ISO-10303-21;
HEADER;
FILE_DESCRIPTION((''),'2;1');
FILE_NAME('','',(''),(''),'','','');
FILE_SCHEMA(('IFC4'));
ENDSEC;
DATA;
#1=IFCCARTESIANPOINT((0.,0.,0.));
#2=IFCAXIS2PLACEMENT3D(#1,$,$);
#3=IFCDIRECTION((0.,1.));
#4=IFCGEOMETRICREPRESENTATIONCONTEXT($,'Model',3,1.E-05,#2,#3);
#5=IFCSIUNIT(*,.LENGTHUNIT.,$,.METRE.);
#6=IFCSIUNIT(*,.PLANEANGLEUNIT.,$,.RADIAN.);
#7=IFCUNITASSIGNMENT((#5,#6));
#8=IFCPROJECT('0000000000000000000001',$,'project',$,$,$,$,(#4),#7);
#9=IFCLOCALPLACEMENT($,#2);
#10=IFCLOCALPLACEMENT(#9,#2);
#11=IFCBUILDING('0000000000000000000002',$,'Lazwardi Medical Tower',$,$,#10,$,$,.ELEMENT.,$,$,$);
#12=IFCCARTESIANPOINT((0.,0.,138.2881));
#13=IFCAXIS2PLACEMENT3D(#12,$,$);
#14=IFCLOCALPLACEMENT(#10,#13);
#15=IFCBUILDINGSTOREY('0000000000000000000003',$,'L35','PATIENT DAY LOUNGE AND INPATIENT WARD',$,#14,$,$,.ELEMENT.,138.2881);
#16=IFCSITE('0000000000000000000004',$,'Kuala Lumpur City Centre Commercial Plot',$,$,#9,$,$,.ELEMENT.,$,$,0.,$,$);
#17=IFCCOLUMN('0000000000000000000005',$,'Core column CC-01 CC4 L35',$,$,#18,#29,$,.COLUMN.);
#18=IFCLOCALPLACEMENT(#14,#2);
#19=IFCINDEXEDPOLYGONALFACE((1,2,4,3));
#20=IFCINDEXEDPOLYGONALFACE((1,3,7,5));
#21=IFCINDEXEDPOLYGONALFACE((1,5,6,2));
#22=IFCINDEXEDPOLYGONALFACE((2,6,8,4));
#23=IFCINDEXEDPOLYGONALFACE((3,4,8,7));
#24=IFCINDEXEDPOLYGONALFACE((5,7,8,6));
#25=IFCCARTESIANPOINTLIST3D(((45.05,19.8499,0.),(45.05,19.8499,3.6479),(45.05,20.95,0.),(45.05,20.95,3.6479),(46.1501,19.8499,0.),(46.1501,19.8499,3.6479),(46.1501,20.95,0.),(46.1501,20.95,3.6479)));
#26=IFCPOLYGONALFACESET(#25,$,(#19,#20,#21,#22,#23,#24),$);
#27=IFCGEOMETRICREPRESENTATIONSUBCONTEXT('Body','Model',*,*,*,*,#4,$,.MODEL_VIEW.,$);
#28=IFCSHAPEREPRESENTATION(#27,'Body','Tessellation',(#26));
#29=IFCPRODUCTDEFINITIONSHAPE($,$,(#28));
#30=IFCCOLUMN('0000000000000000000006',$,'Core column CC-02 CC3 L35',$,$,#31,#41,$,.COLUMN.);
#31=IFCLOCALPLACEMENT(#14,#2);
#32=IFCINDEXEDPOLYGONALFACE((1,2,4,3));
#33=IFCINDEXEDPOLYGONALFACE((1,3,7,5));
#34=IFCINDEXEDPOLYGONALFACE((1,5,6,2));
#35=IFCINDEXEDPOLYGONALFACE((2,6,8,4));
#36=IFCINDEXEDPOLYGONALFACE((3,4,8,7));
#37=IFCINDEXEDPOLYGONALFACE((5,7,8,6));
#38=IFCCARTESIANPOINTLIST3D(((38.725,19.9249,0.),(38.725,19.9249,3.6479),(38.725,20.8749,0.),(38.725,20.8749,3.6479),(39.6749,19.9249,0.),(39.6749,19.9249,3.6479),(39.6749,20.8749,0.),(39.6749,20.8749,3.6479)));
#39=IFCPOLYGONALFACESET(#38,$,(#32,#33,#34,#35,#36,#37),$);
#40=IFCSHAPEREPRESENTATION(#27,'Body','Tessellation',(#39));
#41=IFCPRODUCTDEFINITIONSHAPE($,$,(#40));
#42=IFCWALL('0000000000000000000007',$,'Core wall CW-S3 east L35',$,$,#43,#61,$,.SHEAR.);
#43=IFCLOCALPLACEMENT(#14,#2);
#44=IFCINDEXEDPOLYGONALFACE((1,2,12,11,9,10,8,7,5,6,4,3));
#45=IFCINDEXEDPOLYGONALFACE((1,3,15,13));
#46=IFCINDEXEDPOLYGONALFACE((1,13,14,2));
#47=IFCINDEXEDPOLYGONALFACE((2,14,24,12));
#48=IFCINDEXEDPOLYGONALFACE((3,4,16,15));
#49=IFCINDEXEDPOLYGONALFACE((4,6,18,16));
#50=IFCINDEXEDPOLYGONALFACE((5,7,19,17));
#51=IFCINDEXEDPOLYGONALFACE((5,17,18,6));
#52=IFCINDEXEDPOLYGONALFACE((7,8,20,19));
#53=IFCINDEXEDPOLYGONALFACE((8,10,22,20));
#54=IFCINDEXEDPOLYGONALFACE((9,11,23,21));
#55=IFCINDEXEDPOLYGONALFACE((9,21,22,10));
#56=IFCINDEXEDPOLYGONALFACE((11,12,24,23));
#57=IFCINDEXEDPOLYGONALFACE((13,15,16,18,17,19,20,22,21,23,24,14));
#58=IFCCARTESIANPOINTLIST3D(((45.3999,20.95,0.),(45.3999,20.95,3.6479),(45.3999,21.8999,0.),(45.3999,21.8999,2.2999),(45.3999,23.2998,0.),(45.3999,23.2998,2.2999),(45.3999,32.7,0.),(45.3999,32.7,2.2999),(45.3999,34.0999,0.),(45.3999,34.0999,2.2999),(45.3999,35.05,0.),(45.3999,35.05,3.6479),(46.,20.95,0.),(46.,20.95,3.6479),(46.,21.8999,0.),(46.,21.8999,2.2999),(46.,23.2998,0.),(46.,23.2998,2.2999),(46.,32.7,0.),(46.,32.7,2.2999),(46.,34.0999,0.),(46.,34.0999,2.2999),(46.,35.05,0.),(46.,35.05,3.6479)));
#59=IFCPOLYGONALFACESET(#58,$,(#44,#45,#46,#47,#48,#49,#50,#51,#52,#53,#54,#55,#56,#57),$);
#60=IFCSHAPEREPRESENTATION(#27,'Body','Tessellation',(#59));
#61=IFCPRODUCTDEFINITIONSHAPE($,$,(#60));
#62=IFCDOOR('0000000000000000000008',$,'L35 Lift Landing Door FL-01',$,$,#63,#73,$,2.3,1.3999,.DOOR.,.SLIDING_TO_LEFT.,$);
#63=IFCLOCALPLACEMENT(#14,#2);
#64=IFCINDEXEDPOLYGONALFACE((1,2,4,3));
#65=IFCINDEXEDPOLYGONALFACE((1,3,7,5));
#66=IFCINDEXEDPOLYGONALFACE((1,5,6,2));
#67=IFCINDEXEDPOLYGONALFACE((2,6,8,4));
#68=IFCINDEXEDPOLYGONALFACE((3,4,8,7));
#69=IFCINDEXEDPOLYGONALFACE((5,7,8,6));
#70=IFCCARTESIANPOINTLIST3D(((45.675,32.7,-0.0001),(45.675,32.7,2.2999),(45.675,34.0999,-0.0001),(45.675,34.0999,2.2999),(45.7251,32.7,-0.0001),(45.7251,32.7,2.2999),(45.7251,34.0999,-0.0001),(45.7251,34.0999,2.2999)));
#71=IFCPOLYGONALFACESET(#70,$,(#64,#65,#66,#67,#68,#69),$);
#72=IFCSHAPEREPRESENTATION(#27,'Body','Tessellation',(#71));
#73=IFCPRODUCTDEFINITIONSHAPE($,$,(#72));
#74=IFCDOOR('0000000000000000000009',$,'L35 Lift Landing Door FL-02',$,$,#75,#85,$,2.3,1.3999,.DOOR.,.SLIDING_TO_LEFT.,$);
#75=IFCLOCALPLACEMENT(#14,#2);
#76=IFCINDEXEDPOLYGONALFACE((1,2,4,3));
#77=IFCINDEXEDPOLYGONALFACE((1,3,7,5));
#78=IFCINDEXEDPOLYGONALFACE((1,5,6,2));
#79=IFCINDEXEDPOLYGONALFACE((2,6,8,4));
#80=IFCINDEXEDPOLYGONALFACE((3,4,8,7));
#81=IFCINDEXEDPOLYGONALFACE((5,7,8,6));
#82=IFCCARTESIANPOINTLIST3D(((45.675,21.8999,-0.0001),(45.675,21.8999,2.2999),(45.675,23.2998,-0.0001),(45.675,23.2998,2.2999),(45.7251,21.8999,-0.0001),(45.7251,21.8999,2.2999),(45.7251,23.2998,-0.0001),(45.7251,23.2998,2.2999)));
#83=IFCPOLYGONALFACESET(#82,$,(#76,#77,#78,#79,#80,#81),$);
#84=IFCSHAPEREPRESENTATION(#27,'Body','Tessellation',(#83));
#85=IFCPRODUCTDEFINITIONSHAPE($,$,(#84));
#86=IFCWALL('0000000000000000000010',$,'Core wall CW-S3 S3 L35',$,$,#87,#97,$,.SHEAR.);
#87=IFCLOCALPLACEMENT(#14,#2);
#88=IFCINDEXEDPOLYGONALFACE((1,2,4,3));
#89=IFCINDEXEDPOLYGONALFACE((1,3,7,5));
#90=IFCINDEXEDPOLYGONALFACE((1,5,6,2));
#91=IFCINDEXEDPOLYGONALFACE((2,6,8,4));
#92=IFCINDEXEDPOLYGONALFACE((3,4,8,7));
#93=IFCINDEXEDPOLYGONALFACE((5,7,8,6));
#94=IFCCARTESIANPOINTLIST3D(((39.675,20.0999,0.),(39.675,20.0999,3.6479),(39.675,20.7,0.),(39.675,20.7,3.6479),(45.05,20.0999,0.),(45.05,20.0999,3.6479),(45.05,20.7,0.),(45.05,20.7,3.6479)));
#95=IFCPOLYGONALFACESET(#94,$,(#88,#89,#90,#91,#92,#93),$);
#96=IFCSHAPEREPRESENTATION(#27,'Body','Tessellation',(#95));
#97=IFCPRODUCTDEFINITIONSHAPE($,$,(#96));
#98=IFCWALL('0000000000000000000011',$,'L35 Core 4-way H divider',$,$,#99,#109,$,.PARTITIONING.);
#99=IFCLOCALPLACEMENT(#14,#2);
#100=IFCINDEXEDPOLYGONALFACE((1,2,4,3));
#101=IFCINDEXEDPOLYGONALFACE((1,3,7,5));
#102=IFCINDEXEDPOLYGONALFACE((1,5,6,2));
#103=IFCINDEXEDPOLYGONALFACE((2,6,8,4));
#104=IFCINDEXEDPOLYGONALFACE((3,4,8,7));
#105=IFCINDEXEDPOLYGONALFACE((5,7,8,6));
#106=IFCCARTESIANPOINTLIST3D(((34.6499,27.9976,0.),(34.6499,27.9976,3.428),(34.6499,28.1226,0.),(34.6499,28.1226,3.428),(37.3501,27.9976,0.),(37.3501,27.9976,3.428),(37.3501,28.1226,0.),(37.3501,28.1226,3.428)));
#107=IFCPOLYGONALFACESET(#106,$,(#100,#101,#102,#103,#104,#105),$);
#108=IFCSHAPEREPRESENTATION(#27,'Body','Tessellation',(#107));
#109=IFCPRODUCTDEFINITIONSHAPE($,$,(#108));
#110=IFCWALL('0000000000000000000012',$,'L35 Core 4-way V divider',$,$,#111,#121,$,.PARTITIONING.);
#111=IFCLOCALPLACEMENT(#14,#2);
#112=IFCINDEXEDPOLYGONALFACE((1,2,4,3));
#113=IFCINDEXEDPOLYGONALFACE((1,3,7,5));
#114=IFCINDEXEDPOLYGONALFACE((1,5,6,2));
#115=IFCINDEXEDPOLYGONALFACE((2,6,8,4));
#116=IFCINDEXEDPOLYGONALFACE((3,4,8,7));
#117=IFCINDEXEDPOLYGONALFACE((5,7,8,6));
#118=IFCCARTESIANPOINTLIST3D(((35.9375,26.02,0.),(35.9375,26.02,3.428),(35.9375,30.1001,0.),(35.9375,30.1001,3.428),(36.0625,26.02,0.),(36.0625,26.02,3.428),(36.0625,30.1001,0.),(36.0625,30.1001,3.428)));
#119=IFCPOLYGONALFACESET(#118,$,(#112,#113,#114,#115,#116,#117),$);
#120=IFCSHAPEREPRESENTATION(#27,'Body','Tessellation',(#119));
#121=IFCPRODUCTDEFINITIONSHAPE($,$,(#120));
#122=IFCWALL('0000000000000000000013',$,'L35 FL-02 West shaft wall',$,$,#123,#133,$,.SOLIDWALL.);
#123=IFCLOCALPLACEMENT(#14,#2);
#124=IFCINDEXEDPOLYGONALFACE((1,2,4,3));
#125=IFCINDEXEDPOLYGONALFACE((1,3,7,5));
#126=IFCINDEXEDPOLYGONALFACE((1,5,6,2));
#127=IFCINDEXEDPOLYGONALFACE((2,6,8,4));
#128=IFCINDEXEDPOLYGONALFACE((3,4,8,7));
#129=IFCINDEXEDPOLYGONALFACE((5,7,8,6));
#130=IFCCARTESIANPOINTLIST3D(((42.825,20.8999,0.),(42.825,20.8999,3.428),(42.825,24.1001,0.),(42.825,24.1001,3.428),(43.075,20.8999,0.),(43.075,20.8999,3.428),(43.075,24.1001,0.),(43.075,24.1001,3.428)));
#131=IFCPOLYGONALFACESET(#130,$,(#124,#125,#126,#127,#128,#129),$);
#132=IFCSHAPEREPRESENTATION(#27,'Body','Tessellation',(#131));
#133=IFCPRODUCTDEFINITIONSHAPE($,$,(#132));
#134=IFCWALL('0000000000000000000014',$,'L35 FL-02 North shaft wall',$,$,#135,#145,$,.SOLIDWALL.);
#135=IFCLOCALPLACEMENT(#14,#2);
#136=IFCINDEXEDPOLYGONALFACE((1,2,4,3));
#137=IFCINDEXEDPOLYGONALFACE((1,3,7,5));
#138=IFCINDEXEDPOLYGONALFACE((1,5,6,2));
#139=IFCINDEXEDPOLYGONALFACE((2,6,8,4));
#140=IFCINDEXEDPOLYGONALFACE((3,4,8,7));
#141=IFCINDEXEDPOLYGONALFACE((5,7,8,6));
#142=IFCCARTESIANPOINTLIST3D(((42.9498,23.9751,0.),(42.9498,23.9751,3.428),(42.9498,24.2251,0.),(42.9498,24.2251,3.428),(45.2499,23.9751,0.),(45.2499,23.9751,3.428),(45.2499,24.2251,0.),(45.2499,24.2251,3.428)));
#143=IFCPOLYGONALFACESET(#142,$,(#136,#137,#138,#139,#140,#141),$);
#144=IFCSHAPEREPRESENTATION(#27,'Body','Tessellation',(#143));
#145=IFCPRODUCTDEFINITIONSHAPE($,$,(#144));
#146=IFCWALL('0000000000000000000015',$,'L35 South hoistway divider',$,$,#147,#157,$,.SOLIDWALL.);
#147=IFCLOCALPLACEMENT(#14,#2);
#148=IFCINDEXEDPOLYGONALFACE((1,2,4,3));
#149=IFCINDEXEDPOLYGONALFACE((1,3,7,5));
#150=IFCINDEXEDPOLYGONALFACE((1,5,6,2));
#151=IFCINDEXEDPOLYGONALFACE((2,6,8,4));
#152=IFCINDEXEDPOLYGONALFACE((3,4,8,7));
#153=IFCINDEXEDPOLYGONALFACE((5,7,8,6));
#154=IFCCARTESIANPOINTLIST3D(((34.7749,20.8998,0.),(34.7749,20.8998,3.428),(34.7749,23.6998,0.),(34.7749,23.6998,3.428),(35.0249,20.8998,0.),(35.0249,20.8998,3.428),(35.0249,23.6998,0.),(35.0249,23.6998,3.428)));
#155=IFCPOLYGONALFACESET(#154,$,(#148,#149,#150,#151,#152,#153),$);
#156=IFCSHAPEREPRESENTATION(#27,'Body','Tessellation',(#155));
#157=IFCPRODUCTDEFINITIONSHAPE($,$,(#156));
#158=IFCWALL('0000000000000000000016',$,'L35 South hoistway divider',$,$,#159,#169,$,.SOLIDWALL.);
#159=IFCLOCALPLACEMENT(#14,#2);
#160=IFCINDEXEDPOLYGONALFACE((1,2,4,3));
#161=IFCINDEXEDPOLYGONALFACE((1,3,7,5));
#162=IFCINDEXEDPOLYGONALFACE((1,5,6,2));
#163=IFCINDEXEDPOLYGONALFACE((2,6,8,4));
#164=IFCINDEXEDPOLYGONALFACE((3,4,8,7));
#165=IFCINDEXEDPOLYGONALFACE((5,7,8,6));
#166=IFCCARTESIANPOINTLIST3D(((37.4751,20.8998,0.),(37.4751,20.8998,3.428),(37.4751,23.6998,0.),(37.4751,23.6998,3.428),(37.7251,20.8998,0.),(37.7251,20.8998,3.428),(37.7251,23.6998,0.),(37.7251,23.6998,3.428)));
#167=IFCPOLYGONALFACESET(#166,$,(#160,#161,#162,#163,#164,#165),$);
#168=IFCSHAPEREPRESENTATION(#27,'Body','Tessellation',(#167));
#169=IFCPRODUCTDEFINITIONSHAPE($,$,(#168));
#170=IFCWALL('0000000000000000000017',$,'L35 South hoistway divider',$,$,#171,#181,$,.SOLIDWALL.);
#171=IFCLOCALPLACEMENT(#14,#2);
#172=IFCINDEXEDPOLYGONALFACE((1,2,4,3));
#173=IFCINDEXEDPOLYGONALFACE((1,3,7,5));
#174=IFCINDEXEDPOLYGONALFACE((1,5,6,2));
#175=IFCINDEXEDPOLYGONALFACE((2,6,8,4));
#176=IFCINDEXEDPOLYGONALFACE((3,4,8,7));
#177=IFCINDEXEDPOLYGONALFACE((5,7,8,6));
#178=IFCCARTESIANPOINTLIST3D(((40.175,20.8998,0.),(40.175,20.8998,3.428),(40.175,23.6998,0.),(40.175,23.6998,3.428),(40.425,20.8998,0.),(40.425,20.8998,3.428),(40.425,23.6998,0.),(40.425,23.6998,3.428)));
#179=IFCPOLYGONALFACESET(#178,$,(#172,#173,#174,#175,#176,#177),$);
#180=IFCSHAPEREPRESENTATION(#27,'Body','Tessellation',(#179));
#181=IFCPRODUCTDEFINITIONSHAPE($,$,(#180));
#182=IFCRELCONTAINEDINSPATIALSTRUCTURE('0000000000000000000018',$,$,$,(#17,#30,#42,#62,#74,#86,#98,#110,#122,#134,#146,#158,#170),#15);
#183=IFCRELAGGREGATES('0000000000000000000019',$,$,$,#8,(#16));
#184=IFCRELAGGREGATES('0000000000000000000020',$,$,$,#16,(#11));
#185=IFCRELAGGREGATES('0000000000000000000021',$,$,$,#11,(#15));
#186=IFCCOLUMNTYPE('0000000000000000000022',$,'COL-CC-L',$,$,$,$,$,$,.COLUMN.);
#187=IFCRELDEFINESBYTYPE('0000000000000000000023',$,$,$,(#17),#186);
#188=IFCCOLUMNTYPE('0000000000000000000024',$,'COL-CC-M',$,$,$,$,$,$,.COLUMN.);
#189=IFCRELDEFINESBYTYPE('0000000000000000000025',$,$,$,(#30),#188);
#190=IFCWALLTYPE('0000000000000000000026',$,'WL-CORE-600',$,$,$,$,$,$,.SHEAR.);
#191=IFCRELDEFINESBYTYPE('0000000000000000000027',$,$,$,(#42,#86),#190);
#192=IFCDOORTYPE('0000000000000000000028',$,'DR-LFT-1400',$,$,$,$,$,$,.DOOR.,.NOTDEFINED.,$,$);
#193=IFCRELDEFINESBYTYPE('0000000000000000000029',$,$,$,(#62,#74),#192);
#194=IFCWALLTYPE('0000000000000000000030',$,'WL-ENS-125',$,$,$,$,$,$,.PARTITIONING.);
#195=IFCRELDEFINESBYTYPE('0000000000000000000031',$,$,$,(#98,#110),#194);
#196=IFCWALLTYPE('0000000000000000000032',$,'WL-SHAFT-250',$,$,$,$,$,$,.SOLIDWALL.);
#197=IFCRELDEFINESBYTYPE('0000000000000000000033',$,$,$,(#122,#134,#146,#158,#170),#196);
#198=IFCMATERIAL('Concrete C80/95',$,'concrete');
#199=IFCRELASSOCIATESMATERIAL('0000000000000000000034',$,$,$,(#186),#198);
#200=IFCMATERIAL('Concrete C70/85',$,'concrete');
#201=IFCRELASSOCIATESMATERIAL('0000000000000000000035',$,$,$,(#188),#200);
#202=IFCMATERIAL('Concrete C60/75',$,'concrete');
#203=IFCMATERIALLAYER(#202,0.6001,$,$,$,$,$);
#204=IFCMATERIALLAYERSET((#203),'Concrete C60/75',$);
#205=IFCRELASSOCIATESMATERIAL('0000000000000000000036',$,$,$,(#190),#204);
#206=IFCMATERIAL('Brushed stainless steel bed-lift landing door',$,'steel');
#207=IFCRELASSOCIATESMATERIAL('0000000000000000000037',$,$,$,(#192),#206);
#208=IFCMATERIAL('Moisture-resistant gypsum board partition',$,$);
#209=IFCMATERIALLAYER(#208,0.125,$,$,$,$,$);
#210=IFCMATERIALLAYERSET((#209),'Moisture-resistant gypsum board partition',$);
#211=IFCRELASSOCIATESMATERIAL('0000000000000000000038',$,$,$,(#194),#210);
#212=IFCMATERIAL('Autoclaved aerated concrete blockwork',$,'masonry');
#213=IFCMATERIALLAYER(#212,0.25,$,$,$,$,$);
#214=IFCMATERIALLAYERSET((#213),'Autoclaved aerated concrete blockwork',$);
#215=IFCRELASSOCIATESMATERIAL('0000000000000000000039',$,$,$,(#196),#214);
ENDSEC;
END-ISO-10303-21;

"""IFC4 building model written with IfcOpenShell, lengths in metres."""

from ifc_helpers import new_model, si_unit, direction, frame, frame_2d, origin, origin_2d, place, context, subcontext, project, spatial, rectangle, extrude, material, layer, layer_set, material_profile, profile_set, type_object, element, fill, save


model = new_model("IFC4")

# Units and contexts
model_context = context("Model", 3, precision=1e-05, world=origin(), true_north=direction((0.0, 1.0)))
body_context = subcontext(model_context, "Body", "Model", "MODEL_VIEW")
ifc_project = project(units=[si_unit("LENGTHUNIT", "METRE"), si_unit("PLANEANGLEUNIT", "RADIAN")], contexts=[model_context])

# Site, building, storey
site_placement = place(None, origin())
site = spatial("IfcSite", under=ifc_project, at=site_placement, Name="Kuala Lumpur City Centre Commercial Plot", CompositionType="ELEMENT", RefElevation=0.0)
building_placement = place(site_placement, origin())
building = spatial("IfcBuilding", under=site, at=building_placement, Name="Lazwardi Medical Tower", CompositionType="ELEMENT")
storey_placement = place(building_placement, frame((0.0, 0.0, 138.2881)))
storey = spatial("IfcBuildingStorey", under=building, at=storey_placement, Name="L35", Description="PATIENT DAY LOUNGE AND INPATIENT WARD", CompositionType="ELEMENT", Elevation=138.2881)

# Columns
ifc_material_1 = material(Name="Concrete C80/95", Category="concrete")
ifc_material_profile_1 = material_profile(ifc_material_1, rectangle(XDim=1.1001, YDim=1.1001, at=origin_2d()), Name="RC 1100x1100")
ifc_profile_set_1 = profile_set([ifc_material_profile_1], Name="Concrete C80/95")
column_type_1 = type_object("IfcColumnType", Name="COL-CC-L", PredefinedType="COLUMN", material=ifc_profile_set_1)
column_1_placement = place(storey_placement, frame((45.6001, 20.3999, 0.0), z_axis=(0.0, 0.0, 1.0), x_axis=(1.0, 0.0, 0.0)))
element("IfcColumn", 1, at=column_1_placement, inside=storey, type_object=column_type_1, Name="Core column CC-01 CC4 L35", PredefinedType="COLUMN", context=body_context, shape_type="SweptSolid", body=[
    extrude(rectangle(XDim=1.1001, YDim=1.1001, at=origin_2d()), origin(), (0.0, 0.0, 1.0), 3.6479),
])
ifc_material_2 = material(Name="Concrete C70/85", Category="concrete")
ifc_material_profile_2 = material_profile(ifc_material_2, rectangle(XDim=0.95, YDim=0.95, at=origin_2d()), Name="RC 950x950")
ifc_profile_set_2 = profile_set([ifc_material_profile_2], Name="Concrete C70/85")
column_type_2 = type_object("IfcColumnType", Name="COL-CC-M", PredefinedType="COLUMN", material=ifc_profile_set_2)
column_2_placement = place(storey_placement, frame((39.2, 20.3999, 0.0), z_axis=(0.0, 0.0, 1.0), x_axis=(1.0, 0.0, 0.0)))
element("IfcColumn", 2, at=column_2_placement, inside=storey, type_object=column_type_2, Name="Core column CC-02 CC3 L35", PredefinedType="COLUMN", context=body_context, shape_type="SweptSolid", body=[
    extrude(rectangle(XDim=0.95, YDim=0.95, at=origin_2d()), origin(), (0.0, 0.0, 1.0), 3.6479),
])

# Wall, openings, doors
ifc_material_3 = material(Name="Concrete C60/75", Category="concrete")
ifc_layer_1 = layer(ifc_material_3, 0.6001)
ifc_layer_set_1 = layer_set([ifc_layer_1], Name="Concrete C60/75")
wall_type_1 = type_object("IfcWallType", Name="WL-CORE-600", PredefinedType="SHEAR", material=ifc_layer_set_1)
wall_1_placement = place(storey_placement, frame((45.7, 20.95, 0.0), z_axis=(0.0, 0.0, 1.0), x_axis=(0.0, 1.0, 0.0)))
wall_1 = element("IfcWall", 3, at=wall_1_placement, inside=storey, type_object=wall_type_1, Name="Core wall CW-S3 east L35", PredefinedType="SHEAR", context=body_context, shape_type="SweptSolid", body=[
    extrude(rectangle(XDim=14.1001, YDim=0.6001, at=frame_2d((7.05, 0.0))), origin(), (0.0, 0.0, 1.0), 3.6479),
])
opening_1_placement = place(wall_1_placement, frame((11.75, 0.0, 0.0)))
opening_1 = element("IfcOpeningElement", 4, at=opening_1_placement, cuts=wall_1, PredefinedType="OPENING", context=body_context, shape_type="SweptSolid", body=[
    extrude(rectangle(XDim=1.3999, YDim=2.3, at=frame_2d((0.7, 1.1499))), frame((0.0, 0.3101, 0.0), z_axis=(0.0, -1.0, 0.0), x_axis=(1.0, 0.0, 0.0)), (0.0, 0.0, 1.0), 0.6201),
])
opening_2_placement = place(wall_1_placement, frame((0.95, 0.0, 0.0)))
opening_2 = element("IfcOpeningElement", 5, at=opening_2_placement, cuts=wall_1, PredefinedType="OPENING", context=body_context, shape_type="SweptSolid", body=[
    extrude(rectangle(XDim=1.3999, YDim=2.3, at=frame_2d((0.7, 1.1499))), frame((0.0, 0.3101, 0.0), z_axis=(0.0, -1.0, 0.0), x_axis=(1.0, 0.0, 0.0)), (0.0, 0.0, 1.0), 0.6201),
])
ifc_material_4 = material(Name="Brushed stainless steel bed-lift landing door", Category="steel")
door_type_1 = type_object("IfcDoorType", Name="DR-LFT-1400", OperationType="NOTDEFINED", PredefinedType="DOOR", material=ifc_material_4)
door_1_placement = place(opening_1_placement, origin())
door_1 = element("IfcDoor", 6, at=door_1_placement, inside=storey, type_object=door_type_1, Name="L35 Lift Landing Door FL-01", OperationType="SLIDING_TO_LEFT", OverallHeight=2.3, OverallWidth=1.3999, PredefinedType="DOOR", context=body_context, shape_type="SweptSolid", body=[
    extrude(rectangle(XDim=1.3999, YDim=2.3, at=frame_2d((0.7, 1.1499))), frame((0.0, 0.0249, 0.0), z_axis=(0.0, -1.0, 0.0), x_axis=(1.0, 0.0, 0.0)), (0.0, 0.0, 1.0), 0.05),
])
fill(opening_1, door_1)
door_2_placement = place(opening_2_placement, origin())
door_2 = element("IfcDoor", 7, at=door_2_placement, inside=storey, type_object=door_type_1, Name="L35 Lift Landing Door FL-02", OperationType="SLIDING_TO_LEFT", OverallHeight=2.3, OverallWidth=1.3999, PredefinedType="DOOR", context=body_context, shape_type="SweptSolid", body=[
    extrude(rectangle(XDim=1.3999, YDim=2.3, at=frame_2d((0.7, 1.1499))), frame((0.0, 0.0249, 0.0), z_axis=(0.0, -1.0, 0.0), x_axis=(1.0, 0.0, 0.0)), (0.0, 0.0, 1.0), 0.05),
])
fill(opening_2, door_2)

# Walls
wall_2_placement = place(storey_placement, frame((39.675, 20.3999, 0.0), z_axis=(0.0, 0.0, 1.0), x_axis=(1.0, 0.0, 0.0)))
element("IfcWall", 8, at=wall_2_placement, inside=storey, type_object=wall_type_1, Name="Core wall CW-S3 S3 L35", PredefinedType="SHEAR", context=body_context, shape_type="SweptSolid", body=[
    extrude(rectangle(XDim=5.375, YDim=0.6001, at=frame_2d((2.6875, 0.0))), origin(), (0.0, 0.0, 1.0), 3.6479),
])
ifc_material_5 = material(Name="Moisture-resistant gypsum board partition")
ifc_layer_2 = layer(ifc_material_5, 0.125)
ifc_layer_set_2 = layer_set([ifc_layer_2], Name="Moisture-resistant gypsum board partition")
wall_type_2 = type_object("IfcWallType", Name="WL-ENS-125", PredefinedType="PARTITIONING", material=ifc_layer_set_2)
wall_3_placement = place(storey_placement, frame((34.6499, 28.0601, 0.0), z_axis=(0.0, 0.0, 1.0), x_axis=(1.0, 0.0, 0.0)))
element("IfcWall", 9, at=wall_3_placement, inside=storey, type_object=wall_type_2, Name="L35 Core 4-way H divider", PredefinedType="PARTITIONING", context=body_context, shape_type="SweptSolid", body=[
    extrude(rectangle(XDim=2.7002, YDim=0.125, at=frame_2d((1.3501, 0.0))), origin(), (0.0, 0.0, 1.0), 3.428),
])
wall_4_placement = place(storey_placement, frame((36.0, 26.02, 0.0), z_axis=(0.0, 0.0, 1.0), x_axis=(0.0, 1.0, 0.0)))
element("IfcWall", 10, at=wall_4_placement, inside=storey, type_object=wall_type_2, Name="L35 Core 4-way V divider", PredefinedType="PARTITIONING", context=body_context, shape_type="SweptSolid", body=[
    extrude(rectangle(XDim=4.0801, YDim=0.125, at=frame_2d((2.04, 0.0))), origin(), (0.0, 0.0, 1.0), 3.428),
])
ifc_material_6 = material(Name="Autoclaved aerated concrete blockwork", Category="masonry")
ifc_layer_3 = layer(ifc_material_6, 0.25)
ifc_layer_set_3 = layer_set([ifc_layer_3], Name="Autoclaved aerated concrete blockwork")
wall_type_3 = type_object("IfcWallType", Name="WL-SHAFT-250", PredefinedType="SOLIDWALL", material=ifc_layer_set_3)
wall_5_placement = place(storey_placement, frame((42.95, 20.8999, 0.0), z_axis=(0.0, 0.0, 1.0), x_axis=(0.0, 1.0, 0.0)))
element("IfcWall", 11, at=wall_5_placement, inside=storey, type_object=wall_type_3, Name="L35 FL-02 West shaft wall", PredefinedType="SOLIDWALL", context=body_context, shape_type="SweptSolid", body=[
    extrude(rectangle(XDim=3.2002, YDim=0.25, at=frame_2d((1.6001, 0.0))), origin(), (0.0, 0.0, 1.0), 3.428),
])
wall_6_placement = place(storey_placement, frame((42.95, 24.1001, 0.0), z_axis=(0.0, 0.0, 1.0), x_axis=(1.0, 0.0, 0.0)))
element("IfcWall", 12, at=wall_6_placement, inside=storey, type_object=wall_type_3, Name="L35 FL-02 North shaft wall", PredefinedType="SOLIDWALL", context=body_context, shape_type="SweptSolid", body=[
    extrude(rectangle(XDim=2.3, YDim=0.25, at=frame_2d((1.1499, 0.0))), origin(), (0.0, 0.0, 1.0), 3.428),
])
for number, where, z_axis, x_axis, name in (
    (13, (34.8999, 20.8999, 0.0), (0.0, 0.0, 1.0), (0.0, 1.0, 0.0), "L35 South hoistway divider"),
    (14, (37.6001, 20.8999, 0.0), (0.0, 0.0, 1.0), (0.0, 1.0, 0.0), "L35 South hoistway divider"),
    (15, (40.3, 20.8999, 0.0), (0.0, 0.0, 1.0), (0.0, 1.0, 0.0), "L35 South hoistway divider"),
):
    element("IfcWall", number, at=place(storey_placement, frame(where, z_axis=z_axis, x_axis=x_axis)), inside=storey, type_object=wall_type_3, Name=name, PredefinedType="SOLIDWALL", context=body_context, shape_type="SweptSolid", body=[
        extrude(rectangle(XDim=2.8, YDim=0.25, at=frame_2d((1.3999, 0.0))), origin(), (0.0, 0.0, 1.0), 3.428),
    ])

save(model, "model.ifc")
